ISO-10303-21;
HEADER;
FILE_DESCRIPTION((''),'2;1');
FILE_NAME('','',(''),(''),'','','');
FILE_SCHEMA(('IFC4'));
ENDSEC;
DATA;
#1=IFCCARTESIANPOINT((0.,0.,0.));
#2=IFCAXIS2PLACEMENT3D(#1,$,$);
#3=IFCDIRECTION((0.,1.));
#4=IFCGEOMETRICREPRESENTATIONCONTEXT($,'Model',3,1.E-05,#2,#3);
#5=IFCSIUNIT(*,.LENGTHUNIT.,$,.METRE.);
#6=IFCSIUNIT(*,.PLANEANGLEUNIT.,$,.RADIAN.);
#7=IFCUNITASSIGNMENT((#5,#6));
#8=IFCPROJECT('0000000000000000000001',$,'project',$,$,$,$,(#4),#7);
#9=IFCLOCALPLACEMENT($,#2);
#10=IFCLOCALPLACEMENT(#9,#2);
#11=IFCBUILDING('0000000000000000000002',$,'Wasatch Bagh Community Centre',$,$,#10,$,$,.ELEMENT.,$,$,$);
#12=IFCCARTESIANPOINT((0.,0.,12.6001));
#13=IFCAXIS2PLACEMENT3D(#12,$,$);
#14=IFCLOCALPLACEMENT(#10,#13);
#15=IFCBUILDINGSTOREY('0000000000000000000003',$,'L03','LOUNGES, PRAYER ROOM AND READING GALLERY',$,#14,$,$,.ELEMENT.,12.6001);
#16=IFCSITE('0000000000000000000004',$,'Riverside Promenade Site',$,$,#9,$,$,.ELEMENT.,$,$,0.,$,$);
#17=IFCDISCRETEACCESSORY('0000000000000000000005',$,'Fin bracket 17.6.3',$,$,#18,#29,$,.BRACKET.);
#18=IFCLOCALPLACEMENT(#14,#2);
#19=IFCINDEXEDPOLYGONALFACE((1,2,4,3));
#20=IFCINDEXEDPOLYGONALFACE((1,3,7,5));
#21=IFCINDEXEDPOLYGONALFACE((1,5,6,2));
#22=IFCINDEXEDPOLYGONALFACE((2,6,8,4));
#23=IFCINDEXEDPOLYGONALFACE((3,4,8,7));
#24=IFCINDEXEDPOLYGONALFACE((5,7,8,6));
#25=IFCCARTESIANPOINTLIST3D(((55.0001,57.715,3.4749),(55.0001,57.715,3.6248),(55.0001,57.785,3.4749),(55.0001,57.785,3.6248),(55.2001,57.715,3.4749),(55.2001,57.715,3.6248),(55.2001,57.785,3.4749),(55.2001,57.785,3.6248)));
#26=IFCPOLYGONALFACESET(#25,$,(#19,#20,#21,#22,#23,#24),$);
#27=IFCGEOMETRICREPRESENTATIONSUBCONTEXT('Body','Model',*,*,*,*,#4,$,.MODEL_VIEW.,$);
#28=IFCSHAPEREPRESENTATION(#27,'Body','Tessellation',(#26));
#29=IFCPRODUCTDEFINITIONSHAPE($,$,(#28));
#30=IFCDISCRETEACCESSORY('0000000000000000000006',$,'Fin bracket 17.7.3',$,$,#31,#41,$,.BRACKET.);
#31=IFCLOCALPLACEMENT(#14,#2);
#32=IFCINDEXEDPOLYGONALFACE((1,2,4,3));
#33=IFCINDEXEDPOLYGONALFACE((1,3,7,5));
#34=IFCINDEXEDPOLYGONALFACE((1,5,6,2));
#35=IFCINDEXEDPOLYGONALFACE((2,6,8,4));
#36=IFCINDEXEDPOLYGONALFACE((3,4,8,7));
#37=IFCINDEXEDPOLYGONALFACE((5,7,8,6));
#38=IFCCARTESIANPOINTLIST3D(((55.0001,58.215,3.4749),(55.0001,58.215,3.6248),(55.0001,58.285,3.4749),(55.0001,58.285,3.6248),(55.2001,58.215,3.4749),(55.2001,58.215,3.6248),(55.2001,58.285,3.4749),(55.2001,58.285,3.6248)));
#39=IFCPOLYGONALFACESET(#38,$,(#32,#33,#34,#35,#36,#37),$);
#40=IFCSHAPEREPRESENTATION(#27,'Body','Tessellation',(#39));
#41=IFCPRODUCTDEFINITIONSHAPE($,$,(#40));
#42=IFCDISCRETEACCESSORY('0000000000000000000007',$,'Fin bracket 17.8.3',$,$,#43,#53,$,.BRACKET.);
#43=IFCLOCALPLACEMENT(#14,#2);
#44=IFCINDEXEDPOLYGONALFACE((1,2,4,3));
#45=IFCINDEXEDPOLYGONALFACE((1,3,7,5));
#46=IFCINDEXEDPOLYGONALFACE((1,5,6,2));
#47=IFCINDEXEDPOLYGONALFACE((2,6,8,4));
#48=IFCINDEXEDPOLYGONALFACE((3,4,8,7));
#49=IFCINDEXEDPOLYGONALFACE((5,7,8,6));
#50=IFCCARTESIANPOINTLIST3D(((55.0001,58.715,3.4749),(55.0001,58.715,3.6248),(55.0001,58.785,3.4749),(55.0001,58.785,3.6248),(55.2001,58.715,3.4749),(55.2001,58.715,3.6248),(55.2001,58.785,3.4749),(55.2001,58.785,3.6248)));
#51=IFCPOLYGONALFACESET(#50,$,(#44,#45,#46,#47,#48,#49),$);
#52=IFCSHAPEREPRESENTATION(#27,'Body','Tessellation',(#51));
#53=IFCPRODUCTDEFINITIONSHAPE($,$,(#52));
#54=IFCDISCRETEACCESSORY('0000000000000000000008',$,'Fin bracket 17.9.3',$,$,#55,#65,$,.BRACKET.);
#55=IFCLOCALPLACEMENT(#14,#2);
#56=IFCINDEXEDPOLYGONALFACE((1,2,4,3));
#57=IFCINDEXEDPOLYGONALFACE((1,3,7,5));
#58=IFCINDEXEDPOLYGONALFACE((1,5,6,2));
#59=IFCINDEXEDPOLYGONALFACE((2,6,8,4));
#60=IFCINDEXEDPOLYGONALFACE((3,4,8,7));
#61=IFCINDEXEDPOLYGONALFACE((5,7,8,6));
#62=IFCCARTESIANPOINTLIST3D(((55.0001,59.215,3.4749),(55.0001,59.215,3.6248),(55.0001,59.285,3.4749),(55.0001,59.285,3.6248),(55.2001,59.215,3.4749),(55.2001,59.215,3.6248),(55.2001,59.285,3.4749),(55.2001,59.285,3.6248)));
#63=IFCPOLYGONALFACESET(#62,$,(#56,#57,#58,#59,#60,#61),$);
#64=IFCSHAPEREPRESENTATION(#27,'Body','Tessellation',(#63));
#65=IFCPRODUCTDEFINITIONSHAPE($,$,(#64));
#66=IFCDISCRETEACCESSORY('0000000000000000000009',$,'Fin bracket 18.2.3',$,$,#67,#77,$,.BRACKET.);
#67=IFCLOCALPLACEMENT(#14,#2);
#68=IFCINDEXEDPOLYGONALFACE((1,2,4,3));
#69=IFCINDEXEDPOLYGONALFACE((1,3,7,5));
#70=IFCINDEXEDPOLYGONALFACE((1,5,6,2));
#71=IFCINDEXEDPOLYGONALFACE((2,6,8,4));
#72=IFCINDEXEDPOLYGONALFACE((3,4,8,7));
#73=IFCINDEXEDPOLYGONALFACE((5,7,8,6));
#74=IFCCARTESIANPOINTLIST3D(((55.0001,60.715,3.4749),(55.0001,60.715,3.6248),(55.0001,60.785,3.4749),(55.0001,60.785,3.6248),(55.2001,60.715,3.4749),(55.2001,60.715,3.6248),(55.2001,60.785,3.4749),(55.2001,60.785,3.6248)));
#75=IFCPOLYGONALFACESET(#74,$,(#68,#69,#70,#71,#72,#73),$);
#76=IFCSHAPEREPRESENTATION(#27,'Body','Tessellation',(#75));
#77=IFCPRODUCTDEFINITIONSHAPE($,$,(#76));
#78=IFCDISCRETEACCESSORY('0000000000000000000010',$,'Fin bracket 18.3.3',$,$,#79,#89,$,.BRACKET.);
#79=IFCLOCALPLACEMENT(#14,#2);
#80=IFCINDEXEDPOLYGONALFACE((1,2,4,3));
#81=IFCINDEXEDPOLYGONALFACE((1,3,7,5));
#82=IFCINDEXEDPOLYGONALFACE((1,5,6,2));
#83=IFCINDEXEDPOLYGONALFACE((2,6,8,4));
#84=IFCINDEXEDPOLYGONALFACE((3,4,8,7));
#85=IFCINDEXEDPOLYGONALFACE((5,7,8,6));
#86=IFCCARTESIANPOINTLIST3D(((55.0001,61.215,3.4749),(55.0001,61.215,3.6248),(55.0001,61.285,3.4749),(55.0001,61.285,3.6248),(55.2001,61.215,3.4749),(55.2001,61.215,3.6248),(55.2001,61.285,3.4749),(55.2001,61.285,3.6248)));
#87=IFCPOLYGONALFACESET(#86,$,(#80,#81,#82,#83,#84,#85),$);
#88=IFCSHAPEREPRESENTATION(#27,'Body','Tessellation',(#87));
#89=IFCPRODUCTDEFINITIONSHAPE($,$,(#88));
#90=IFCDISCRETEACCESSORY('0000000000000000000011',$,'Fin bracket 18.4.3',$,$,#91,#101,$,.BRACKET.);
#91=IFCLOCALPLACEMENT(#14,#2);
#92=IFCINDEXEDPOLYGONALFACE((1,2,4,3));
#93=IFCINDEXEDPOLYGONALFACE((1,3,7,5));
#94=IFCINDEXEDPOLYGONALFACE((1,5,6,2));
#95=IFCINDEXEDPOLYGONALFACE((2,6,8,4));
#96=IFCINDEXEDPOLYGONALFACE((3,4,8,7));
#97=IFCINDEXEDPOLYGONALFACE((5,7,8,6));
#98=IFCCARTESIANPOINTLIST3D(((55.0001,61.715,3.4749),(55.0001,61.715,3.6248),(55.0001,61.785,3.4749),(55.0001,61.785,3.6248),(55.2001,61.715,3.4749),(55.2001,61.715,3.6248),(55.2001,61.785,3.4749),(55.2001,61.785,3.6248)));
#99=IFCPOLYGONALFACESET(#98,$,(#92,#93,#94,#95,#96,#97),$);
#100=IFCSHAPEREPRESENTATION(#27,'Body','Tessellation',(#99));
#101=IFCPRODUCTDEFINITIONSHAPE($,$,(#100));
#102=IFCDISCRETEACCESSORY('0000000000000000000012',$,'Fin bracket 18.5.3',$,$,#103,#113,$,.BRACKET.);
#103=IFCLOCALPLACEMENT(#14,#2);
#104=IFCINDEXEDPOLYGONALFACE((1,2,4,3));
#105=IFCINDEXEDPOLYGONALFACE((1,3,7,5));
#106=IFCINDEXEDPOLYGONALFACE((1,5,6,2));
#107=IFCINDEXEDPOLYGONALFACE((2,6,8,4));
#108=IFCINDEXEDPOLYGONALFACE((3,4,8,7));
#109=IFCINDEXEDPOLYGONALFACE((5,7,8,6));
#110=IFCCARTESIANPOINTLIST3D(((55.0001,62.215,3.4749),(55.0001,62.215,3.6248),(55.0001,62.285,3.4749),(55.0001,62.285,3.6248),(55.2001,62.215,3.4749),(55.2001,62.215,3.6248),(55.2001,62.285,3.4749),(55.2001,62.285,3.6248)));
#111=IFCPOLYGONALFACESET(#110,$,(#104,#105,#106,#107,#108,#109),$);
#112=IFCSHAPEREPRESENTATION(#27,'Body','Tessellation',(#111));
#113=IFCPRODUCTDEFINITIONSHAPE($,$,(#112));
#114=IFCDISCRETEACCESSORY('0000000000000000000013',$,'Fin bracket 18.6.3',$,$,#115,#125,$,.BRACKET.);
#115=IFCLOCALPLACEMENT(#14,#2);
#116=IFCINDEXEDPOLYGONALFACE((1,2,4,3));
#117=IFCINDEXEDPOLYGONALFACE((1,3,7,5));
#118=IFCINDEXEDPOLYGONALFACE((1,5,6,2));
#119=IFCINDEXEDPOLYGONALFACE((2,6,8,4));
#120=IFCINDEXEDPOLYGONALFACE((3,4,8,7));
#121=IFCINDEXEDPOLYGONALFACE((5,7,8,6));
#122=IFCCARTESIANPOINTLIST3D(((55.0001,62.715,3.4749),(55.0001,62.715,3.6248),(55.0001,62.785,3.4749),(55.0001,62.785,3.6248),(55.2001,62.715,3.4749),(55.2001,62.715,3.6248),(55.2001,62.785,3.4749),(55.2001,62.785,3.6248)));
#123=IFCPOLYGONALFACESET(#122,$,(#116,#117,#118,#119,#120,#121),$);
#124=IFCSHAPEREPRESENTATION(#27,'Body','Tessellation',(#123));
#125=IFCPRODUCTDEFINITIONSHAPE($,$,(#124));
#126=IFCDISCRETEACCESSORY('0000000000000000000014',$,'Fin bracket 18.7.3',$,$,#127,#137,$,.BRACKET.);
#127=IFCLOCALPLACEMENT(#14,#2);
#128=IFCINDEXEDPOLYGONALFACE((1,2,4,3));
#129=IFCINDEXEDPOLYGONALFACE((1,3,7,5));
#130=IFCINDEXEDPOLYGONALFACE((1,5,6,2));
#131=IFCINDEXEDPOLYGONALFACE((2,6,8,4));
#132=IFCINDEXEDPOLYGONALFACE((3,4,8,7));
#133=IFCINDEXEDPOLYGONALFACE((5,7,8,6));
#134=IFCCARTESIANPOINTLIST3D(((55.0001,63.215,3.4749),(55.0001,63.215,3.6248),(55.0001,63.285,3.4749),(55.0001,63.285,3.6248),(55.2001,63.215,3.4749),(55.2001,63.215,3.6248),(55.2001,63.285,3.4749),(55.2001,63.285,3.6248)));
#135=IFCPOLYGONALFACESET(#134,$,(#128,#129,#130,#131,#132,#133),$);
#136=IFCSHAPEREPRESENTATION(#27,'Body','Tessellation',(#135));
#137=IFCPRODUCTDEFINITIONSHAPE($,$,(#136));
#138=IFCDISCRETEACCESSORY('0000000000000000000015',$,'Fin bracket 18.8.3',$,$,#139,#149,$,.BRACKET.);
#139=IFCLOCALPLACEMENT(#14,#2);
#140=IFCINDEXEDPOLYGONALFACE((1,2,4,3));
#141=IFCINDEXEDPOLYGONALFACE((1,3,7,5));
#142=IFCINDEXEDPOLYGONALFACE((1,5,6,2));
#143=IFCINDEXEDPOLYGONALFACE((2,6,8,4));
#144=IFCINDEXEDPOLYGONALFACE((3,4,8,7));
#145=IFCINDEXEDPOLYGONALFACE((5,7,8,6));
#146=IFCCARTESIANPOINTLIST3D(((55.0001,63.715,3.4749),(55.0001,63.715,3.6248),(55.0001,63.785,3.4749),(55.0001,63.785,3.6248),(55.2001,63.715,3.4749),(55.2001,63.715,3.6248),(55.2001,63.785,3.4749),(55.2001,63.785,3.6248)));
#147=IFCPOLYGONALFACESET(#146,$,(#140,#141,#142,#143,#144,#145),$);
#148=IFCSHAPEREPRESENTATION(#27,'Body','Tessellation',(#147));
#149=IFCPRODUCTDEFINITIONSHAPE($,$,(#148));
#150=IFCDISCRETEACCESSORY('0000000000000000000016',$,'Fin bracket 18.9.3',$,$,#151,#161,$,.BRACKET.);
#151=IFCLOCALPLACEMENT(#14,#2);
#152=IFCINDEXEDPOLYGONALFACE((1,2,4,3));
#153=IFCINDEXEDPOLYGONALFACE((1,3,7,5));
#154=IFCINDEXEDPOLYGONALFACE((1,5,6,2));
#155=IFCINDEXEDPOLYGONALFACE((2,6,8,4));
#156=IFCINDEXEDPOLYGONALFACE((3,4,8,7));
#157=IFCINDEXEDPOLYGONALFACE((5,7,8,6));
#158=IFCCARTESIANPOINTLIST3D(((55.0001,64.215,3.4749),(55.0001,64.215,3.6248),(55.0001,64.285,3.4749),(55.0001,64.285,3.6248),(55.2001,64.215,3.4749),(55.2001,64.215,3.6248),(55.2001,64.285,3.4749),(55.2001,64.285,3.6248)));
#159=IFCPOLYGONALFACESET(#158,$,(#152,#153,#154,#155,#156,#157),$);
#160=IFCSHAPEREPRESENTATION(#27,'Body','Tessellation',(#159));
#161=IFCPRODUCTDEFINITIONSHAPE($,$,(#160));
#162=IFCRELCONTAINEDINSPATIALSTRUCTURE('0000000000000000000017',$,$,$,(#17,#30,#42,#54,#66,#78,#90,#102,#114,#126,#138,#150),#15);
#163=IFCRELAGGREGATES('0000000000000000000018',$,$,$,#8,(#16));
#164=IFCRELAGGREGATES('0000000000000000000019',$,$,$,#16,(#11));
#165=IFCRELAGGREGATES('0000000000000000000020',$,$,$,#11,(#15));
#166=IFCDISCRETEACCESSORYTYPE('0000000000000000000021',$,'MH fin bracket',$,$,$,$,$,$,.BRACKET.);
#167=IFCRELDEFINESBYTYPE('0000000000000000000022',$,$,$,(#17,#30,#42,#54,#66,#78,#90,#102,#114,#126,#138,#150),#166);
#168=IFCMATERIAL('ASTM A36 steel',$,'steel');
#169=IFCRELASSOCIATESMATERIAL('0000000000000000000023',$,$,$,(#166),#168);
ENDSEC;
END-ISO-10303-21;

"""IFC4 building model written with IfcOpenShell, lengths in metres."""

from ifc_helpers import new_model, si_unit, direction, frame, origin, origin_2d, place, context, subcontext, project, spatial, rectangle, extrude, material, type_object, element, save


model = new_model("IFC4")

# Units and contexts
model_context = context("Model", 3, precision=1e-05, world=origin(), true_north=direction((0.0, 1.0)))
body_context = subcontext(model_context, "Body", "Model", "MODEL_VIEW")
ifc_project = project(units=[si_unit("LENGTHUNIT", "METRE"), si_unit("PLANEANGLEUNIT", "RADIAN")], contexts=[model_context])

# Site, building, storey
site_placement = place(None, origin())
site = spatial("IfcSite", under=ifc_project, at=site_placement, Name="Riverside Promenade Site", CompositionType="ELEMENT", RefElevation=0.0)
building_placement = place(site_placement, origin())
building = spatial("IfcBuilding", under=site, at=building_placement, Name="Wasatch Bagh Community Centre", CompositionType="ELEMENT")
storey_placement = place(building_placement, frame((0.0, 0.0, 12.6001)))
storey = spatial("IfcBuildingStorey", under=building, at=storey_placement, Name="L03", Description="LOUNGES, PRAYER ROOM AND READING GALLERY", CompositionType="ELEMENT", Elevation=12.6001)

# Discrete accessories
ifc_material_1 = material(Name="ASTM A36 steel", Category="steel")
discrete_accessory_type = type_object("IfcDiscreteAccessoryType", Name="MH fin bracket", PredefinedType="BRACKET", material=ifc_material_1)
for number, where, z_axis, x_axis, name in (
    (1, (55.1001, 57.75, 3.4749), (0.0, 0.0, 1.0), (0.0, 1.0, 0.0), "Fin bracket 17.6.3"),
    (2, (55.1001, 58.25, 3.4749), (0.0, 0.0, 1.0), (0.0, 1.0, 0.0), "Fin bracket 17.7.3"),
    (3, (55.1001, 58.75, 3.4749), (0.0, 0.0, 1.0), (0.0, 1.0, 0.0), "Fin bracket 17.8.3"),
    (4, (55.1001, 59.25, 3.4749), (0.0, 0.0, 1.0), (0.0, 1.0, 0.0), "Fin bracket 17.9.3"),
    (5, (55.1001, 60.75, 3.4749), (0.0, 0.0, 1.0), (0.0, 1.0, 0.0), "Fin bracket 18.2.3"),
    (6, (55.1001, 61.25, 3.4749), (0.0, 0.0, 1.0), (0.0, 1.0, 0.0), "Fin bracket 18.3.3"),
    (7, (55.1001, 61.75, 3.4749), (0.0, 0.0, 1.0), (0.0, 1.0, 0.0), "Fin bracket 18.4.3"),
    (8, (55.1001, 62.25, 3.4749), (0.0, 0.0, 1.0), (0.0, 1.0, 0.0), "Fin bracket 18.5.3"),
    (9, (55.1001, 62.75, 3.4749), (0.0, 0.0, 1.0), (0.0, 1.0, 0.0), "Fin bracket 18.6.3"),
    (10, (55.1001, 63.25, 3.4749), (0.0, 0.0, 1.0), (0.0, 1.0, 0.0), "Fin bracket 18.7.3"),
    (11, (55.1001, 63.75, 3.4749), (0.0, 0.0, 1.0), (0.0, 1.0, 0.0), "Fin bracket 18.8.3"),
    (12, (55.1001, 64.25, 3.4749), (0.0, 0.0, 1.0), (0.0, 1.0, 0.0), "Fin bracket 18.9.3"),
):
    element("IfcDiscreteAccessory", number, at=place(storey_placement, frame(where, z_axis=z_axis, x_axis=x_axis)), inside=storey, type_object=discrete_accessory_type, Name=name, PredefinedType="BRACKET", context=body_context, shape_type="SweptSolid", body=[
        extrude(rectangle(XDim=0.0701, YDim=0.2, at=origin_2d()), origin(), (0.0, 0.0, 1.0), 0.1499),
    ])

save(model, "model.ifc")
